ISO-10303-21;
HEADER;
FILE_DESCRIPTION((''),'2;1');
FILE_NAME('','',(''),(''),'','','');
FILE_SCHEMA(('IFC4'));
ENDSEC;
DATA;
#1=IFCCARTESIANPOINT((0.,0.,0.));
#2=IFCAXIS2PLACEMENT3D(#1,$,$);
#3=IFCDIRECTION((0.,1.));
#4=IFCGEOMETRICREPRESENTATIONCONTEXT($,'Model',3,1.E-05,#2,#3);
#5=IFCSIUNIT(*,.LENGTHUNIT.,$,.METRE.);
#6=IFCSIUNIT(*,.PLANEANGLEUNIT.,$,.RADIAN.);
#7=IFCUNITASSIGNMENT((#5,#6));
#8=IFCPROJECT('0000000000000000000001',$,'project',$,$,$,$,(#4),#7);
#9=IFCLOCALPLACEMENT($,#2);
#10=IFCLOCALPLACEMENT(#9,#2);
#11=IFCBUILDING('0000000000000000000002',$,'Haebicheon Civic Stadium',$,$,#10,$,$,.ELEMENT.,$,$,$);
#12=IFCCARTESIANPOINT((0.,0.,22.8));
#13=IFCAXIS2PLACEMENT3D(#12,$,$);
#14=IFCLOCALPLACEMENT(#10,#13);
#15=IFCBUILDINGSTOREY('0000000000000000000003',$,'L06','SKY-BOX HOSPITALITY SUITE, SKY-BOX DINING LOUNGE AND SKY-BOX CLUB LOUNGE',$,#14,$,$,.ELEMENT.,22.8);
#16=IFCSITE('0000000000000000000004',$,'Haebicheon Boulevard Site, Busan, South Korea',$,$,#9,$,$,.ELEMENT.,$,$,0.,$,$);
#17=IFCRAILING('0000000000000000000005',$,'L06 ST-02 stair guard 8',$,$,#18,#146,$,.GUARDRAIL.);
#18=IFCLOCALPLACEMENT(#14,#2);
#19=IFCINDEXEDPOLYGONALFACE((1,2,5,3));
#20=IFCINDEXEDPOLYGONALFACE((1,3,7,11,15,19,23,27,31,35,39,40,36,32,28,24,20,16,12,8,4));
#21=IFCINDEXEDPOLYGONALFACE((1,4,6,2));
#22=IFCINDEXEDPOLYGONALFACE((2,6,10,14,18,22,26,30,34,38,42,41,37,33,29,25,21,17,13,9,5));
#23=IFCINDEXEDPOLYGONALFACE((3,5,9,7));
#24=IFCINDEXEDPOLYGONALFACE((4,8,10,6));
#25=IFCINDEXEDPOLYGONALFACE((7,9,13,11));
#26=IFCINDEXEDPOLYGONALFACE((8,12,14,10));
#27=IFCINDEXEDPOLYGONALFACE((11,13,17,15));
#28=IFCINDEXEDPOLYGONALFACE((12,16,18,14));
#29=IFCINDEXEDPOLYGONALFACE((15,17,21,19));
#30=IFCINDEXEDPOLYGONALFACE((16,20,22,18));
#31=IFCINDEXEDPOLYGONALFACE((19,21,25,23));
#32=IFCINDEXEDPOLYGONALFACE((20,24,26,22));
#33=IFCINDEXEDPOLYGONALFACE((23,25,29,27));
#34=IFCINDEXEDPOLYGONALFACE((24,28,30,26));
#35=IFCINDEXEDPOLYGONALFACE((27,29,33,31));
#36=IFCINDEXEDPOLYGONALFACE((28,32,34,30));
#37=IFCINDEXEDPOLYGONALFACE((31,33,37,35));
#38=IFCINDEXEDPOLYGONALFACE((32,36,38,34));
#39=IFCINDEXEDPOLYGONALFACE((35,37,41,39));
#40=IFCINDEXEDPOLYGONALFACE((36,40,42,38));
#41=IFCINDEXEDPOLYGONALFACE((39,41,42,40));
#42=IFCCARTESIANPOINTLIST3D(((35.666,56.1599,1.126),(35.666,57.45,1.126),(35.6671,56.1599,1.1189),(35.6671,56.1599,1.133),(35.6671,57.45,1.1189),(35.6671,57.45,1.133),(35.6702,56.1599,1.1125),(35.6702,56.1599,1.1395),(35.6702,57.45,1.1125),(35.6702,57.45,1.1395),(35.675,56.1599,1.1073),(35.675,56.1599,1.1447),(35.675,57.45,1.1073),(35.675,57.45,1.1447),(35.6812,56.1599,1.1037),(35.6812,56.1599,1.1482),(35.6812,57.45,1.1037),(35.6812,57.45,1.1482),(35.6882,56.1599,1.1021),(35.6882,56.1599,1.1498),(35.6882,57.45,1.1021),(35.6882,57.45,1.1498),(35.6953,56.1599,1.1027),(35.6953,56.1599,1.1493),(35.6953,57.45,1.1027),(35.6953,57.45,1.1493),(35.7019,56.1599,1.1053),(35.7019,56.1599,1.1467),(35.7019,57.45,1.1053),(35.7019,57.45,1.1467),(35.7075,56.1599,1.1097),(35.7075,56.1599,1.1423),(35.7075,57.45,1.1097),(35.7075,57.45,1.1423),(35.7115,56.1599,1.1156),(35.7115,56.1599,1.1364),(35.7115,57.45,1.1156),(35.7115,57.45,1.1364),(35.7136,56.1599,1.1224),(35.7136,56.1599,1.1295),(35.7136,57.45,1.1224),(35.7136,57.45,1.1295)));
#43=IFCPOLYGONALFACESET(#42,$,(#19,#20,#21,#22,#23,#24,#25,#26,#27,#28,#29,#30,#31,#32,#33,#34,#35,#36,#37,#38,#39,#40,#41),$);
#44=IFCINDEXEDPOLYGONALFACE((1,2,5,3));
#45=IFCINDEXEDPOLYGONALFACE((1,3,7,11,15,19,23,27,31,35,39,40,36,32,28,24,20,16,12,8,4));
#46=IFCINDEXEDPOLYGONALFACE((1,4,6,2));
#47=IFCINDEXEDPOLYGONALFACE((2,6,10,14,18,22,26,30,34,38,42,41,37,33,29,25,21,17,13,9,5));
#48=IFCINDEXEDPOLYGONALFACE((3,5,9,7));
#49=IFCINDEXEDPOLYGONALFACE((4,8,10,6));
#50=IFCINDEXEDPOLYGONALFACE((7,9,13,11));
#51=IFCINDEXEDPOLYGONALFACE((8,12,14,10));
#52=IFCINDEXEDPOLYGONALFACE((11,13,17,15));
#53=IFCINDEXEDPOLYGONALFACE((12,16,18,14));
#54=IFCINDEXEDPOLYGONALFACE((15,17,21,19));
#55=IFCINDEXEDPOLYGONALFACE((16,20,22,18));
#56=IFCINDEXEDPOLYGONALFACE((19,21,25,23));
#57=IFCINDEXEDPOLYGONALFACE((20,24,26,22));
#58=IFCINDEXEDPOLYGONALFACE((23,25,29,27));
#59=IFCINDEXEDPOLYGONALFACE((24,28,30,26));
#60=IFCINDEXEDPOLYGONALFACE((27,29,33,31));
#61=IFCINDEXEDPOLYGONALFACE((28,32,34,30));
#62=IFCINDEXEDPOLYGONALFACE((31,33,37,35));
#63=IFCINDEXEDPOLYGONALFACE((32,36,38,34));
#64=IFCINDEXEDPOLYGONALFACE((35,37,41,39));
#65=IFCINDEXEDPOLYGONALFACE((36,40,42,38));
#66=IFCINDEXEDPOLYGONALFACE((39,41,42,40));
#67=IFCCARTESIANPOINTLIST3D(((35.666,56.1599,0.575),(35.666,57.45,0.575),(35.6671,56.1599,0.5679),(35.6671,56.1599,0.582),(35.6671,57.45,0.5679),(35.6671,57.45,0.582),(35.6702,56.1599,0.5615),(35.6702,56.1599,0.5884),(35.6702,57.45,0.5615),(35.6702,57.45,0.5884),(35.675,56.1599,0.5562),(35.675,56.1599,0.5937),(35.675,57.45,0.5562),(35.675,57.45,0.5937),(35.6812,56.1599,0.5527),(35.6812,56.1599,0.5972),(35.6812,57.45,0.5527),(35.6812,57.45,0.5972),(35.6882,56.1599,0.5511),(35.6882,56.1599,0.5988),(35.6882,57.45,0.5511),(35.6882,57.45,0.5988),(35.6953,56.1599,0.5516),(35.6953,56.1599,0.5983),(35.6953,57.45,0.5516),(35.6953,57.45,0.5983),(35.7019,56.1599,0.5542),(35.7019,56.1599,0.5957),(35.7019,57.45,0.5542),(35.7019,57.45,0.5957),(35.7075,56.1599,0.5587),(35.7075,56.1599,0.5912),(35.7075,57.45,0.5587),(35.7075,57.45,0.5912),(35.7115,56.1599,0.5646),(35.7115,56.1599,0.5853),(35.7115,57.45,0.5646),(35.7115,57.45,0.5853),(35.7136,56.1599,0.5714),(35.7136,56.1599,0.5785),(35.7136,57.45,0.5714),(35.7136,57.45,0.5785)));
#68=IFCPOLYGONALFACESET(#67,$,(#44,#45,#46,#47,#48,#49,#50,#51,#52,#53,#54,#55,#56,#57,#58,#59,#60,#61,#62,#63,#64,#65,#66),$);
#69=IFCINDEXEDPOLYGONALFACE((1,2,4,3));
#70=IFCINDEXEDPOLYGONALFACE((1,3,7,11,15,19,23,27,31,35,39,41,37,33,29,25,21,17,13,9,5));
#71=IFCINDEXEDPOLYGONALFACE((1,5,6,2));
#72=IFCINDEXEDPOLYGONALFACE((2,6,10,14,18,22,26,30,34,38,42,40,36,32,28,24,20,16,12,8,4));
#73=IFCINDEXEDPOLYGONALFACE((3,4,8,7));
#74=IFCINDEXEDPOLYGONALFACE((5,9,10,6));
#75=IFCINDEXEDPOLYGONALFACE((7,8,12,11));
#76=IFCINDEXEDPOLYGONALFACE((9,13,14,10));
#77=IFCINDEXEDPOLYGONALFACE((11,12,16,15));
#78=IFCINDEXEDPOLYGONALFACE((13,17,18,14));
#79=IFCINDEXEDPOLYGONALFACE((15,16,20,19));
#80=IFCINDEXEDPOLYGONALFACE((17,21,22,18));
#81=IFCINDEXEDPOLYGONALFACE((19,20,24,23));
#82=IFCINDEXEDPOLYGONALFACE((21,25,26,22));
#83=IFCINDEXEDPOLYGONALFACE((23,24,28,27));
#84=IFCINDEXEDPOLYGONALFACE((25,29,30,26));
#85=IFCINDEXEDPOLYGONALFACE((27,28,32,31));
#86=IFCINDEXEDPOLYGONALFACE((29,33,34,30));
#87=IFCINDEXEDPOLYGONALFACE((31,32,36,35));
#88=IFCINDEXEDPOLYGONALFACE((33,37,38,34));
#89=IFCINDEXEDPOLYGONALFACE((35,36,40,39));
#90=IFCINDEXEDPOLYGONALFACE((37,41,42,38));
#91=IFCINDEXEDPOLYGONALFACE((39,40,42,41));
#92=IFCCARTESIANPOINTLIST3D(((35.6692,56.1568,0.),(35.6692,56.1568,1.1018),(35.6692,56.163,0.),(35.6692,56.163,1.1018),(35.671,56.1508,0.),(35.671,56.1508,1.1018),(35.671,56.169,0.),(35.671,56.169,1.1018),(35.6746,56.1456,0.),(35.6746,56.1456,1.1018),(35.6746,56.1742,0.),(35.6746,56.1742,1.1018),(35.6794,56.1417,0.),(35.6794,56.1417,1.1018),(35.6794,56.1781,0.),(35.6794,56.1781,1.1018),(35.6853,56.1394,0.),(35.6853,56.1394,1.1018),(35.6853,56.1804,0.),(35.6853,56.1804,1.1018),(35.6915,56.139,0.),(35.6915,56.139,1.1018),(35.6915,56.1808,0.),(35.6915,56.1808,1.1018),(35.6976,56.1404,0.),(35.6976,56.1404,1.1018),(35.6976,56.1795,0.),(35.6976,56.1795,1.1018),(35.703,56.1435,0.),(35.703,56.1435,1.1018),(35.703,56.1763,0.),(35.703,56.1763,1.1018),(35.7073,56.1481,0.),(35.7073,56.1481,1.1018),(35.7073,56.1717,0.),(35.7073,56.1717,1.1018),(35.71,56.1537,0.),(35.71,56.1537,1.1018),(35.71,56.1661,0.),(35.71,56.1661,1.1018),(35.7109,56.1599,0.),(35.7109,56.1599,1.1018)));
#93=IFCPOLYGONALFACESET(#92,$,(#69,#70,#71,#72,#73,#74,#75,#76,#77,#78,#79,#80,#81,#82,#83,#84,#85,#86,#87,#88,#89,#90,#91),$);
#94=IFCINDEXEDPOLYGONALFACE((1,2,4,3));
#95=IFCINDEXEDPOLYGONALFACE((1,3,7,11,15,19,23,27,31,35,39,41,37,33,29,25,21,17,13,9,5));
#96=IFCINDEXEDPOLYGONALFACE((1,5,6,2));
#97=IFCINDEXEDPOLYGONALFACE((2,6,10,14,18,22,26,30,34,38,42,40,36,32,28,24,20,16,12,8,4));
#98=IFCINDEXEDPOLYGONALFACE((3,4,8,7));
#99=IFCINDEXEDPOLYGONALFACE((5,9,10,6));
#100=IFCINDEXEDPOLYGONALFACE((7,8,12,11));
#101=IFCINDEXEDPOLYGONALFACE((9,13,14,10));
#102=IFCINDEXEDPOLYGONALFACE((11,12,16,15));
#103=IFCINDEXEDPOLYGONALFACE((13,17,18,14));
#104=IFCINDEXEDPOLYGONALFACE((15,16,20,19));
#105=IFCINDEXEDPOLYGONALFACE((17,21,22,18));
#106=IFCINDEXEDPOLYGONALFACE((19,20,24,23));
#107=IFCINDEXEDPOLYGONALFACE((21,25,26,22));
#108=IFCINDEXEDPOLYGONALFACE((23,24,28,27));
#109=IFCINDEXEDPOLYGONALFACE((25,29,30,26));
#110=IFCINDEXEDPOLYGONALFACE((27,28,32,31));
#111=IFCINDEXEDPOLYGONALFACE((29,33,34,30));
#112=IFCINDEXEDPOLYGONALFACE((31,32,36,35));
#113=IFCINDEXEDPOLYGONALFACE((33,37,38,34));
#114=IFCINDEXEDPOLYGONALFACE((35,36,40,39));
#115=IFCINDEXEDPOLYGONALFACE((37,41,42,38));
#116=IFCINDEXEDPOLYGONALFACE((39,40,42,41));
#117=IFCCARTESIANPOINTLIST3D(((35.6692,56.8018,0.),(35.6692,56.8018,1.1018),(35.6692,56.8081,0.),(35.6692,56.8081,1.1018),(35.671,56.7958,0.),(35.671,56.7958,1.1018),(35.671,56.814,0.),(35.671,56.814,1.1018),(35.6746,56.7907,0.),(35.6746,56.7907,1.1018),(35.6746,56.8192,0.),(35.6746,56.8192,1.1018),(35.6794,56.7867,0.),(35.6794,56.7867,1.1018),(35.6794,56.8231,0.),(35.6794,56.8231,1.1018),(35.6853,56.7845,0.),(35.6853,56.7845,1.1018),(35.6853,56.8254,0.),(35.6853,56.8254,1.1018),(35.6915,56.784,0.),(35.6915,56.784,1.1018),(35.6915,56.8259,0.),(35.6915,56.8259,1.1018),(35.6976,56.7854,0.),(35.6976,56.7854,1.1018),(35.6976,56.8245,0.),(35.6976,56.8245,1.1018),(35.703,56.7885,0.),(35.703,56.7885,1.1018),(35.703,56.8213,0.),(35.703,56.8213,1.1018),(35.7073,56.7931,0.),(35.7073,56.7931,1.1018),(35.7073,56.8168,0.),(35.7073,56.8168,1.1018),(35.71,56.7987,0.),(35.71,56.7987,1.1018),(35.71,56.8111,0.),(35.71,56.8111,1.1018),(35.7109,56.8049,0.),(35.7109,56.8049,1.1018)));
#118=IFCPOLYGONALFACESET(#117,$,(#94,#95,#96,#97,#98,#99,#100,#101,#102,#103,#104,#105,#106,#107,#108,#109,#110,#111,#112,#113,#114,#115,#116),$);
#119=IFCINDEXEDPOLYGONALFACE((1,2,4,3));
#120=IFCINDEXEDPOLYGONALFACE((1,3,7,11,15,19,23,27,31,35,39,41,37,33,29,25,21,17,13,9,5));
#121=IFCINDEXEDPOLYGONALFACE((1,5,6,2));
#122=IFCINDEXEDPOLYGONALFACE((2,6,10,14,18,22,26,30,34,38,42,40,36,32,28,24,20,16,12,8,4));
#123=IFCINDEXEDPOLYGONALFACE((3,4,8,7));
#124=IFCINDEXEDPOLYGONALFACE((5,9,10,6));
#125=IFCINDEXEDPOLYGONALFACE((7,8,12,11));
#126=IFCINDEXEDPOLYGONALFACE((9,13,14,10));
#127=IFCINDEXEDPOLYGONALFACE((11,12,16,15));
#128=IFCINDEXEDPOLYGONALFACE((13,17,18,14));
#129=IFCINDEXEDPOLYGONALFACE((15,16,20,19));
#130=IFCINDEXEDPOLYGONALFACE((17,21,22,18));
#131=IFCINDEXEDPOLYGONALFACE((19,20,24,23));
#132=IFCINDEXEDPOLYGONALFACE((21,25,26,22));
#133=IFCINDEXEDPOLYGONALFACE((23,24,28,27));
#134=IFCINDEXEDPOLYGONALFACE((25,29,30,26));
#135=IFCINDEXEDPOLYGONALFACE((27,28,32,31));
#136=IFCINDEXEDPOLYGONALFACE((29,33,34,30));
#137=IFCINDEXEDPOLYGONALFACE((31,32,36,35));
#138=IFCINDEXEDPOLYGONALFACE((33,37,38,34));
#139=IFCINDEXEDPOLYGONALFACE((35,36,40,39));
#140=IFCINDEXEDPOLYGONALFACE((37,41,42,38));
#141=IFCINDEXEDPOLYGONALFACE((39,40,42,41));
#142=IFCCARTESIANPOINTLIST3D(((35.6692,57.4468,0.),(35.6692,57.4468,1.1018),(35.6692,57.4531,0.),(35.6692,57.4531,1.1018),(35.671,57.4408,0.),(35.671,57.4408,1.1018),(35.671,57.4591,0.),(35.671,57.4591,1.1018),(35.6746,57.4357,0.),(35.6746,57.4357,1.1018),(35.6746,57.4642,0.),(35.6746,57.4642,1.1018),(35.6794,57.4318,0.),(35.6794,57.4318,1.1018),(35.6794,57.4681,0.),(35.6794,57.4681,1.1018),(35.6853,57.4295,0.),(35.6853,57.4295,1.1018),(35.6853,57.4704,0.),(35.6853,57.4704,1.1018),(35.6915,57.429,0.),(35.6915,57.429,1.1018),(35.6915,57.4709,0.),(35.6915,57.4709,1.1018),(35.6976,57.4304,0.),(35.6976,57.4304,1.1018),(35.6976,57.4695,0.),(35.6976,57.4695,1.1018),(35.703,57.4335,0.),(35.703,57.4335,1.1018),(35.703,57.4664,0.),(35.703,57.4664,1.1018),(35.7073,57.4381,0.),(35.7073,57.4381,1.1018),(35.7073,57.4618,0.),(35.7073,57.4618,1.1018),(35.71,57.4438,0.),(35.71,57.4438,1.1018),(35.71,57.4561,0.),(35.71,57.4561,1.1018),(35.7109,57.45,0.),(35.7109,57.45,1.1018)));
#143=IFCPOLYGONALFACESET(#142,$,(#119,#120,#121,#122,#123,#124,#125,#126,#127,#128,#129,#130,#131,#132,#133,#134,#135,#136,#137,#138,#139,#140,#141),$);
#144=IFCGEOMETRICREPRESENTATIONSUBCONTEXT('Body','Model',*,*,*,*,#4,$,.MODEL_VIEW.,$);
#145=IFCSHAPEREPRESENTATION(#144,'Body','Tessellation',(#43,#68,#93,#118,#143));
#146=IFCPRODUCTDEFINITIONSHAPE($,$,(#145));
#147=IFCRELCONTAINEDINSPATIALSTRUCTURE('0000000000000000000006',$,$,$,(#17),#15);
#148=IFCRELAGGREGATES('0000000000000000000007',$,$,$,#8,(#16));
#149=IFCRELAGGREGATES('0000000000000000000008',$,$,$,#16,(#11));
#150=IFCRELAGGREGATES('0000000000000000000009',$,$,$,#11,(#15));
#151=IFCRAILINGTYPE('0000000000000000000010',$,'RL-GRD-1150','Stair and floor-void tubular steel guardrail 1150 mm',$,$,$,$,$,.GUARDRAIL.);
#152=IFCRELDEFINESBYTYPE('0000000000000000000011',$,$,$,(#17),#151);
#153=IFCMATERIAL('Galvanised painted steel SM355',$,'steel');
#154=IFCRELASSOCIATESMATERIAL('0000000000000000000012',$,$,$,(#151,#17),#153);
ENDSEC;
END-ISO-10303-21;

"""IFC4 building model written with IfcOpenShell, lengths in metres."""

from ifc_helpers import new_model, si_unit, direction, frame, origin, origin_2d, place, context, subcontext, project, spatial, circle, extrude, material, type_object, element, save


model = new_model("IFC4")

# Units and contexts
model_context = context("Model", 3, precision=1e-05, world=origin(), true_north=direction((0.0, 1.0)))
body_context = subcontext(model_context, "Body", "Model", "MODEL_VIEW")
ifc_project = project(units=[si_unit("LENGTHUNIT", "METRE"), si_unit("PLANEANGLEUNIT", "RADIAN")], contexts=[model_context])

# Site, building, storey
site_placement = place(None, origin())
site = spatial("IfcSite", under=ifc_project, at=site_placement, Name="Haebicheon Boulevard Site, Busan, South Korea", CompositionType="ELEMENT", RefElevation=0.0)
building_placement = place(site_placement, origin())
building = spatial("IfcBuilding", under=site, at=building_placement, Name="Haebicheon Civic Stadium", CompositionType="ELEMENT")
storey_placement = place(building_placement, frame((0.0, 0.0, 22.8)))
storey = spatial("IfcBuildingStorey", under=building, at=storey_placement, Name="L06", Description="SKY-BOX HOSPITALITY SUITE, SKY-BOX DINING LOUNGE AND SKY-BOX CLUB LOUNGE", CompositionType="ELEMENT", Elevation=22.8)

# Railing
ifc_material_1 = material(Name="Galvanised painted steel SM355", Category="steel")
railing_type_1 = type_object("IfcRailingType", Name="RL-GRD-1150", Description="Stair and floor-void tubular steel guardrail 1150 mm", PredefinedType="GUARDRAIL", material=ifc_material_1)
for number, where, name in (
    (1, (35.6899, 56.1599, 0.0), "L06 ST-02 stair guard 8"),
):
    element("IfcRailing", number, at=place(storey_placement, frame(where)), inside=storey, type_object=railing_type_1, material=ifc_material_1, Name=name, PredefinedType="GUARDRAIL", context=body_context, shape_type="SweptSolid", body=[
        extrude(circle(Radius=0.0239, at=origin_2d()), frame((0.0, 0.0, 1.126), z_axis=(0.0, 1.0, 0.0), x_axis=(-1.0, 0.0, 0.0)), (0.0, 0.0, 1.0), 1.29),
        extrude(circle(Radius=0.0239, at=origin_2d()), frame((0.0, 0.0, 0.575), z_axis=(0.0, 1.0, 0.0), x_axis=(-1.0, 0.0, 0.0)), (0.0, 0.0, 1.0), 1.29),
        extrude(circle(Radius=0.021, at=origin_2d()), origin(), (0.0, 0.0, 1.0), 1.1018),
        extrude(circle(Radius=0.021, at=origin_2d()), frame((0.0, 0.645, 0.0)), (0.0, 0.0, 1.0), 1.1018),
        extrude(circle(Radius=0.021, at=origin_2d()), frame((0.0, 1.29, 0.0)), (0.0, 0.0, 1.0), 1.1018),
    ])

save(model, "model.ifc")
